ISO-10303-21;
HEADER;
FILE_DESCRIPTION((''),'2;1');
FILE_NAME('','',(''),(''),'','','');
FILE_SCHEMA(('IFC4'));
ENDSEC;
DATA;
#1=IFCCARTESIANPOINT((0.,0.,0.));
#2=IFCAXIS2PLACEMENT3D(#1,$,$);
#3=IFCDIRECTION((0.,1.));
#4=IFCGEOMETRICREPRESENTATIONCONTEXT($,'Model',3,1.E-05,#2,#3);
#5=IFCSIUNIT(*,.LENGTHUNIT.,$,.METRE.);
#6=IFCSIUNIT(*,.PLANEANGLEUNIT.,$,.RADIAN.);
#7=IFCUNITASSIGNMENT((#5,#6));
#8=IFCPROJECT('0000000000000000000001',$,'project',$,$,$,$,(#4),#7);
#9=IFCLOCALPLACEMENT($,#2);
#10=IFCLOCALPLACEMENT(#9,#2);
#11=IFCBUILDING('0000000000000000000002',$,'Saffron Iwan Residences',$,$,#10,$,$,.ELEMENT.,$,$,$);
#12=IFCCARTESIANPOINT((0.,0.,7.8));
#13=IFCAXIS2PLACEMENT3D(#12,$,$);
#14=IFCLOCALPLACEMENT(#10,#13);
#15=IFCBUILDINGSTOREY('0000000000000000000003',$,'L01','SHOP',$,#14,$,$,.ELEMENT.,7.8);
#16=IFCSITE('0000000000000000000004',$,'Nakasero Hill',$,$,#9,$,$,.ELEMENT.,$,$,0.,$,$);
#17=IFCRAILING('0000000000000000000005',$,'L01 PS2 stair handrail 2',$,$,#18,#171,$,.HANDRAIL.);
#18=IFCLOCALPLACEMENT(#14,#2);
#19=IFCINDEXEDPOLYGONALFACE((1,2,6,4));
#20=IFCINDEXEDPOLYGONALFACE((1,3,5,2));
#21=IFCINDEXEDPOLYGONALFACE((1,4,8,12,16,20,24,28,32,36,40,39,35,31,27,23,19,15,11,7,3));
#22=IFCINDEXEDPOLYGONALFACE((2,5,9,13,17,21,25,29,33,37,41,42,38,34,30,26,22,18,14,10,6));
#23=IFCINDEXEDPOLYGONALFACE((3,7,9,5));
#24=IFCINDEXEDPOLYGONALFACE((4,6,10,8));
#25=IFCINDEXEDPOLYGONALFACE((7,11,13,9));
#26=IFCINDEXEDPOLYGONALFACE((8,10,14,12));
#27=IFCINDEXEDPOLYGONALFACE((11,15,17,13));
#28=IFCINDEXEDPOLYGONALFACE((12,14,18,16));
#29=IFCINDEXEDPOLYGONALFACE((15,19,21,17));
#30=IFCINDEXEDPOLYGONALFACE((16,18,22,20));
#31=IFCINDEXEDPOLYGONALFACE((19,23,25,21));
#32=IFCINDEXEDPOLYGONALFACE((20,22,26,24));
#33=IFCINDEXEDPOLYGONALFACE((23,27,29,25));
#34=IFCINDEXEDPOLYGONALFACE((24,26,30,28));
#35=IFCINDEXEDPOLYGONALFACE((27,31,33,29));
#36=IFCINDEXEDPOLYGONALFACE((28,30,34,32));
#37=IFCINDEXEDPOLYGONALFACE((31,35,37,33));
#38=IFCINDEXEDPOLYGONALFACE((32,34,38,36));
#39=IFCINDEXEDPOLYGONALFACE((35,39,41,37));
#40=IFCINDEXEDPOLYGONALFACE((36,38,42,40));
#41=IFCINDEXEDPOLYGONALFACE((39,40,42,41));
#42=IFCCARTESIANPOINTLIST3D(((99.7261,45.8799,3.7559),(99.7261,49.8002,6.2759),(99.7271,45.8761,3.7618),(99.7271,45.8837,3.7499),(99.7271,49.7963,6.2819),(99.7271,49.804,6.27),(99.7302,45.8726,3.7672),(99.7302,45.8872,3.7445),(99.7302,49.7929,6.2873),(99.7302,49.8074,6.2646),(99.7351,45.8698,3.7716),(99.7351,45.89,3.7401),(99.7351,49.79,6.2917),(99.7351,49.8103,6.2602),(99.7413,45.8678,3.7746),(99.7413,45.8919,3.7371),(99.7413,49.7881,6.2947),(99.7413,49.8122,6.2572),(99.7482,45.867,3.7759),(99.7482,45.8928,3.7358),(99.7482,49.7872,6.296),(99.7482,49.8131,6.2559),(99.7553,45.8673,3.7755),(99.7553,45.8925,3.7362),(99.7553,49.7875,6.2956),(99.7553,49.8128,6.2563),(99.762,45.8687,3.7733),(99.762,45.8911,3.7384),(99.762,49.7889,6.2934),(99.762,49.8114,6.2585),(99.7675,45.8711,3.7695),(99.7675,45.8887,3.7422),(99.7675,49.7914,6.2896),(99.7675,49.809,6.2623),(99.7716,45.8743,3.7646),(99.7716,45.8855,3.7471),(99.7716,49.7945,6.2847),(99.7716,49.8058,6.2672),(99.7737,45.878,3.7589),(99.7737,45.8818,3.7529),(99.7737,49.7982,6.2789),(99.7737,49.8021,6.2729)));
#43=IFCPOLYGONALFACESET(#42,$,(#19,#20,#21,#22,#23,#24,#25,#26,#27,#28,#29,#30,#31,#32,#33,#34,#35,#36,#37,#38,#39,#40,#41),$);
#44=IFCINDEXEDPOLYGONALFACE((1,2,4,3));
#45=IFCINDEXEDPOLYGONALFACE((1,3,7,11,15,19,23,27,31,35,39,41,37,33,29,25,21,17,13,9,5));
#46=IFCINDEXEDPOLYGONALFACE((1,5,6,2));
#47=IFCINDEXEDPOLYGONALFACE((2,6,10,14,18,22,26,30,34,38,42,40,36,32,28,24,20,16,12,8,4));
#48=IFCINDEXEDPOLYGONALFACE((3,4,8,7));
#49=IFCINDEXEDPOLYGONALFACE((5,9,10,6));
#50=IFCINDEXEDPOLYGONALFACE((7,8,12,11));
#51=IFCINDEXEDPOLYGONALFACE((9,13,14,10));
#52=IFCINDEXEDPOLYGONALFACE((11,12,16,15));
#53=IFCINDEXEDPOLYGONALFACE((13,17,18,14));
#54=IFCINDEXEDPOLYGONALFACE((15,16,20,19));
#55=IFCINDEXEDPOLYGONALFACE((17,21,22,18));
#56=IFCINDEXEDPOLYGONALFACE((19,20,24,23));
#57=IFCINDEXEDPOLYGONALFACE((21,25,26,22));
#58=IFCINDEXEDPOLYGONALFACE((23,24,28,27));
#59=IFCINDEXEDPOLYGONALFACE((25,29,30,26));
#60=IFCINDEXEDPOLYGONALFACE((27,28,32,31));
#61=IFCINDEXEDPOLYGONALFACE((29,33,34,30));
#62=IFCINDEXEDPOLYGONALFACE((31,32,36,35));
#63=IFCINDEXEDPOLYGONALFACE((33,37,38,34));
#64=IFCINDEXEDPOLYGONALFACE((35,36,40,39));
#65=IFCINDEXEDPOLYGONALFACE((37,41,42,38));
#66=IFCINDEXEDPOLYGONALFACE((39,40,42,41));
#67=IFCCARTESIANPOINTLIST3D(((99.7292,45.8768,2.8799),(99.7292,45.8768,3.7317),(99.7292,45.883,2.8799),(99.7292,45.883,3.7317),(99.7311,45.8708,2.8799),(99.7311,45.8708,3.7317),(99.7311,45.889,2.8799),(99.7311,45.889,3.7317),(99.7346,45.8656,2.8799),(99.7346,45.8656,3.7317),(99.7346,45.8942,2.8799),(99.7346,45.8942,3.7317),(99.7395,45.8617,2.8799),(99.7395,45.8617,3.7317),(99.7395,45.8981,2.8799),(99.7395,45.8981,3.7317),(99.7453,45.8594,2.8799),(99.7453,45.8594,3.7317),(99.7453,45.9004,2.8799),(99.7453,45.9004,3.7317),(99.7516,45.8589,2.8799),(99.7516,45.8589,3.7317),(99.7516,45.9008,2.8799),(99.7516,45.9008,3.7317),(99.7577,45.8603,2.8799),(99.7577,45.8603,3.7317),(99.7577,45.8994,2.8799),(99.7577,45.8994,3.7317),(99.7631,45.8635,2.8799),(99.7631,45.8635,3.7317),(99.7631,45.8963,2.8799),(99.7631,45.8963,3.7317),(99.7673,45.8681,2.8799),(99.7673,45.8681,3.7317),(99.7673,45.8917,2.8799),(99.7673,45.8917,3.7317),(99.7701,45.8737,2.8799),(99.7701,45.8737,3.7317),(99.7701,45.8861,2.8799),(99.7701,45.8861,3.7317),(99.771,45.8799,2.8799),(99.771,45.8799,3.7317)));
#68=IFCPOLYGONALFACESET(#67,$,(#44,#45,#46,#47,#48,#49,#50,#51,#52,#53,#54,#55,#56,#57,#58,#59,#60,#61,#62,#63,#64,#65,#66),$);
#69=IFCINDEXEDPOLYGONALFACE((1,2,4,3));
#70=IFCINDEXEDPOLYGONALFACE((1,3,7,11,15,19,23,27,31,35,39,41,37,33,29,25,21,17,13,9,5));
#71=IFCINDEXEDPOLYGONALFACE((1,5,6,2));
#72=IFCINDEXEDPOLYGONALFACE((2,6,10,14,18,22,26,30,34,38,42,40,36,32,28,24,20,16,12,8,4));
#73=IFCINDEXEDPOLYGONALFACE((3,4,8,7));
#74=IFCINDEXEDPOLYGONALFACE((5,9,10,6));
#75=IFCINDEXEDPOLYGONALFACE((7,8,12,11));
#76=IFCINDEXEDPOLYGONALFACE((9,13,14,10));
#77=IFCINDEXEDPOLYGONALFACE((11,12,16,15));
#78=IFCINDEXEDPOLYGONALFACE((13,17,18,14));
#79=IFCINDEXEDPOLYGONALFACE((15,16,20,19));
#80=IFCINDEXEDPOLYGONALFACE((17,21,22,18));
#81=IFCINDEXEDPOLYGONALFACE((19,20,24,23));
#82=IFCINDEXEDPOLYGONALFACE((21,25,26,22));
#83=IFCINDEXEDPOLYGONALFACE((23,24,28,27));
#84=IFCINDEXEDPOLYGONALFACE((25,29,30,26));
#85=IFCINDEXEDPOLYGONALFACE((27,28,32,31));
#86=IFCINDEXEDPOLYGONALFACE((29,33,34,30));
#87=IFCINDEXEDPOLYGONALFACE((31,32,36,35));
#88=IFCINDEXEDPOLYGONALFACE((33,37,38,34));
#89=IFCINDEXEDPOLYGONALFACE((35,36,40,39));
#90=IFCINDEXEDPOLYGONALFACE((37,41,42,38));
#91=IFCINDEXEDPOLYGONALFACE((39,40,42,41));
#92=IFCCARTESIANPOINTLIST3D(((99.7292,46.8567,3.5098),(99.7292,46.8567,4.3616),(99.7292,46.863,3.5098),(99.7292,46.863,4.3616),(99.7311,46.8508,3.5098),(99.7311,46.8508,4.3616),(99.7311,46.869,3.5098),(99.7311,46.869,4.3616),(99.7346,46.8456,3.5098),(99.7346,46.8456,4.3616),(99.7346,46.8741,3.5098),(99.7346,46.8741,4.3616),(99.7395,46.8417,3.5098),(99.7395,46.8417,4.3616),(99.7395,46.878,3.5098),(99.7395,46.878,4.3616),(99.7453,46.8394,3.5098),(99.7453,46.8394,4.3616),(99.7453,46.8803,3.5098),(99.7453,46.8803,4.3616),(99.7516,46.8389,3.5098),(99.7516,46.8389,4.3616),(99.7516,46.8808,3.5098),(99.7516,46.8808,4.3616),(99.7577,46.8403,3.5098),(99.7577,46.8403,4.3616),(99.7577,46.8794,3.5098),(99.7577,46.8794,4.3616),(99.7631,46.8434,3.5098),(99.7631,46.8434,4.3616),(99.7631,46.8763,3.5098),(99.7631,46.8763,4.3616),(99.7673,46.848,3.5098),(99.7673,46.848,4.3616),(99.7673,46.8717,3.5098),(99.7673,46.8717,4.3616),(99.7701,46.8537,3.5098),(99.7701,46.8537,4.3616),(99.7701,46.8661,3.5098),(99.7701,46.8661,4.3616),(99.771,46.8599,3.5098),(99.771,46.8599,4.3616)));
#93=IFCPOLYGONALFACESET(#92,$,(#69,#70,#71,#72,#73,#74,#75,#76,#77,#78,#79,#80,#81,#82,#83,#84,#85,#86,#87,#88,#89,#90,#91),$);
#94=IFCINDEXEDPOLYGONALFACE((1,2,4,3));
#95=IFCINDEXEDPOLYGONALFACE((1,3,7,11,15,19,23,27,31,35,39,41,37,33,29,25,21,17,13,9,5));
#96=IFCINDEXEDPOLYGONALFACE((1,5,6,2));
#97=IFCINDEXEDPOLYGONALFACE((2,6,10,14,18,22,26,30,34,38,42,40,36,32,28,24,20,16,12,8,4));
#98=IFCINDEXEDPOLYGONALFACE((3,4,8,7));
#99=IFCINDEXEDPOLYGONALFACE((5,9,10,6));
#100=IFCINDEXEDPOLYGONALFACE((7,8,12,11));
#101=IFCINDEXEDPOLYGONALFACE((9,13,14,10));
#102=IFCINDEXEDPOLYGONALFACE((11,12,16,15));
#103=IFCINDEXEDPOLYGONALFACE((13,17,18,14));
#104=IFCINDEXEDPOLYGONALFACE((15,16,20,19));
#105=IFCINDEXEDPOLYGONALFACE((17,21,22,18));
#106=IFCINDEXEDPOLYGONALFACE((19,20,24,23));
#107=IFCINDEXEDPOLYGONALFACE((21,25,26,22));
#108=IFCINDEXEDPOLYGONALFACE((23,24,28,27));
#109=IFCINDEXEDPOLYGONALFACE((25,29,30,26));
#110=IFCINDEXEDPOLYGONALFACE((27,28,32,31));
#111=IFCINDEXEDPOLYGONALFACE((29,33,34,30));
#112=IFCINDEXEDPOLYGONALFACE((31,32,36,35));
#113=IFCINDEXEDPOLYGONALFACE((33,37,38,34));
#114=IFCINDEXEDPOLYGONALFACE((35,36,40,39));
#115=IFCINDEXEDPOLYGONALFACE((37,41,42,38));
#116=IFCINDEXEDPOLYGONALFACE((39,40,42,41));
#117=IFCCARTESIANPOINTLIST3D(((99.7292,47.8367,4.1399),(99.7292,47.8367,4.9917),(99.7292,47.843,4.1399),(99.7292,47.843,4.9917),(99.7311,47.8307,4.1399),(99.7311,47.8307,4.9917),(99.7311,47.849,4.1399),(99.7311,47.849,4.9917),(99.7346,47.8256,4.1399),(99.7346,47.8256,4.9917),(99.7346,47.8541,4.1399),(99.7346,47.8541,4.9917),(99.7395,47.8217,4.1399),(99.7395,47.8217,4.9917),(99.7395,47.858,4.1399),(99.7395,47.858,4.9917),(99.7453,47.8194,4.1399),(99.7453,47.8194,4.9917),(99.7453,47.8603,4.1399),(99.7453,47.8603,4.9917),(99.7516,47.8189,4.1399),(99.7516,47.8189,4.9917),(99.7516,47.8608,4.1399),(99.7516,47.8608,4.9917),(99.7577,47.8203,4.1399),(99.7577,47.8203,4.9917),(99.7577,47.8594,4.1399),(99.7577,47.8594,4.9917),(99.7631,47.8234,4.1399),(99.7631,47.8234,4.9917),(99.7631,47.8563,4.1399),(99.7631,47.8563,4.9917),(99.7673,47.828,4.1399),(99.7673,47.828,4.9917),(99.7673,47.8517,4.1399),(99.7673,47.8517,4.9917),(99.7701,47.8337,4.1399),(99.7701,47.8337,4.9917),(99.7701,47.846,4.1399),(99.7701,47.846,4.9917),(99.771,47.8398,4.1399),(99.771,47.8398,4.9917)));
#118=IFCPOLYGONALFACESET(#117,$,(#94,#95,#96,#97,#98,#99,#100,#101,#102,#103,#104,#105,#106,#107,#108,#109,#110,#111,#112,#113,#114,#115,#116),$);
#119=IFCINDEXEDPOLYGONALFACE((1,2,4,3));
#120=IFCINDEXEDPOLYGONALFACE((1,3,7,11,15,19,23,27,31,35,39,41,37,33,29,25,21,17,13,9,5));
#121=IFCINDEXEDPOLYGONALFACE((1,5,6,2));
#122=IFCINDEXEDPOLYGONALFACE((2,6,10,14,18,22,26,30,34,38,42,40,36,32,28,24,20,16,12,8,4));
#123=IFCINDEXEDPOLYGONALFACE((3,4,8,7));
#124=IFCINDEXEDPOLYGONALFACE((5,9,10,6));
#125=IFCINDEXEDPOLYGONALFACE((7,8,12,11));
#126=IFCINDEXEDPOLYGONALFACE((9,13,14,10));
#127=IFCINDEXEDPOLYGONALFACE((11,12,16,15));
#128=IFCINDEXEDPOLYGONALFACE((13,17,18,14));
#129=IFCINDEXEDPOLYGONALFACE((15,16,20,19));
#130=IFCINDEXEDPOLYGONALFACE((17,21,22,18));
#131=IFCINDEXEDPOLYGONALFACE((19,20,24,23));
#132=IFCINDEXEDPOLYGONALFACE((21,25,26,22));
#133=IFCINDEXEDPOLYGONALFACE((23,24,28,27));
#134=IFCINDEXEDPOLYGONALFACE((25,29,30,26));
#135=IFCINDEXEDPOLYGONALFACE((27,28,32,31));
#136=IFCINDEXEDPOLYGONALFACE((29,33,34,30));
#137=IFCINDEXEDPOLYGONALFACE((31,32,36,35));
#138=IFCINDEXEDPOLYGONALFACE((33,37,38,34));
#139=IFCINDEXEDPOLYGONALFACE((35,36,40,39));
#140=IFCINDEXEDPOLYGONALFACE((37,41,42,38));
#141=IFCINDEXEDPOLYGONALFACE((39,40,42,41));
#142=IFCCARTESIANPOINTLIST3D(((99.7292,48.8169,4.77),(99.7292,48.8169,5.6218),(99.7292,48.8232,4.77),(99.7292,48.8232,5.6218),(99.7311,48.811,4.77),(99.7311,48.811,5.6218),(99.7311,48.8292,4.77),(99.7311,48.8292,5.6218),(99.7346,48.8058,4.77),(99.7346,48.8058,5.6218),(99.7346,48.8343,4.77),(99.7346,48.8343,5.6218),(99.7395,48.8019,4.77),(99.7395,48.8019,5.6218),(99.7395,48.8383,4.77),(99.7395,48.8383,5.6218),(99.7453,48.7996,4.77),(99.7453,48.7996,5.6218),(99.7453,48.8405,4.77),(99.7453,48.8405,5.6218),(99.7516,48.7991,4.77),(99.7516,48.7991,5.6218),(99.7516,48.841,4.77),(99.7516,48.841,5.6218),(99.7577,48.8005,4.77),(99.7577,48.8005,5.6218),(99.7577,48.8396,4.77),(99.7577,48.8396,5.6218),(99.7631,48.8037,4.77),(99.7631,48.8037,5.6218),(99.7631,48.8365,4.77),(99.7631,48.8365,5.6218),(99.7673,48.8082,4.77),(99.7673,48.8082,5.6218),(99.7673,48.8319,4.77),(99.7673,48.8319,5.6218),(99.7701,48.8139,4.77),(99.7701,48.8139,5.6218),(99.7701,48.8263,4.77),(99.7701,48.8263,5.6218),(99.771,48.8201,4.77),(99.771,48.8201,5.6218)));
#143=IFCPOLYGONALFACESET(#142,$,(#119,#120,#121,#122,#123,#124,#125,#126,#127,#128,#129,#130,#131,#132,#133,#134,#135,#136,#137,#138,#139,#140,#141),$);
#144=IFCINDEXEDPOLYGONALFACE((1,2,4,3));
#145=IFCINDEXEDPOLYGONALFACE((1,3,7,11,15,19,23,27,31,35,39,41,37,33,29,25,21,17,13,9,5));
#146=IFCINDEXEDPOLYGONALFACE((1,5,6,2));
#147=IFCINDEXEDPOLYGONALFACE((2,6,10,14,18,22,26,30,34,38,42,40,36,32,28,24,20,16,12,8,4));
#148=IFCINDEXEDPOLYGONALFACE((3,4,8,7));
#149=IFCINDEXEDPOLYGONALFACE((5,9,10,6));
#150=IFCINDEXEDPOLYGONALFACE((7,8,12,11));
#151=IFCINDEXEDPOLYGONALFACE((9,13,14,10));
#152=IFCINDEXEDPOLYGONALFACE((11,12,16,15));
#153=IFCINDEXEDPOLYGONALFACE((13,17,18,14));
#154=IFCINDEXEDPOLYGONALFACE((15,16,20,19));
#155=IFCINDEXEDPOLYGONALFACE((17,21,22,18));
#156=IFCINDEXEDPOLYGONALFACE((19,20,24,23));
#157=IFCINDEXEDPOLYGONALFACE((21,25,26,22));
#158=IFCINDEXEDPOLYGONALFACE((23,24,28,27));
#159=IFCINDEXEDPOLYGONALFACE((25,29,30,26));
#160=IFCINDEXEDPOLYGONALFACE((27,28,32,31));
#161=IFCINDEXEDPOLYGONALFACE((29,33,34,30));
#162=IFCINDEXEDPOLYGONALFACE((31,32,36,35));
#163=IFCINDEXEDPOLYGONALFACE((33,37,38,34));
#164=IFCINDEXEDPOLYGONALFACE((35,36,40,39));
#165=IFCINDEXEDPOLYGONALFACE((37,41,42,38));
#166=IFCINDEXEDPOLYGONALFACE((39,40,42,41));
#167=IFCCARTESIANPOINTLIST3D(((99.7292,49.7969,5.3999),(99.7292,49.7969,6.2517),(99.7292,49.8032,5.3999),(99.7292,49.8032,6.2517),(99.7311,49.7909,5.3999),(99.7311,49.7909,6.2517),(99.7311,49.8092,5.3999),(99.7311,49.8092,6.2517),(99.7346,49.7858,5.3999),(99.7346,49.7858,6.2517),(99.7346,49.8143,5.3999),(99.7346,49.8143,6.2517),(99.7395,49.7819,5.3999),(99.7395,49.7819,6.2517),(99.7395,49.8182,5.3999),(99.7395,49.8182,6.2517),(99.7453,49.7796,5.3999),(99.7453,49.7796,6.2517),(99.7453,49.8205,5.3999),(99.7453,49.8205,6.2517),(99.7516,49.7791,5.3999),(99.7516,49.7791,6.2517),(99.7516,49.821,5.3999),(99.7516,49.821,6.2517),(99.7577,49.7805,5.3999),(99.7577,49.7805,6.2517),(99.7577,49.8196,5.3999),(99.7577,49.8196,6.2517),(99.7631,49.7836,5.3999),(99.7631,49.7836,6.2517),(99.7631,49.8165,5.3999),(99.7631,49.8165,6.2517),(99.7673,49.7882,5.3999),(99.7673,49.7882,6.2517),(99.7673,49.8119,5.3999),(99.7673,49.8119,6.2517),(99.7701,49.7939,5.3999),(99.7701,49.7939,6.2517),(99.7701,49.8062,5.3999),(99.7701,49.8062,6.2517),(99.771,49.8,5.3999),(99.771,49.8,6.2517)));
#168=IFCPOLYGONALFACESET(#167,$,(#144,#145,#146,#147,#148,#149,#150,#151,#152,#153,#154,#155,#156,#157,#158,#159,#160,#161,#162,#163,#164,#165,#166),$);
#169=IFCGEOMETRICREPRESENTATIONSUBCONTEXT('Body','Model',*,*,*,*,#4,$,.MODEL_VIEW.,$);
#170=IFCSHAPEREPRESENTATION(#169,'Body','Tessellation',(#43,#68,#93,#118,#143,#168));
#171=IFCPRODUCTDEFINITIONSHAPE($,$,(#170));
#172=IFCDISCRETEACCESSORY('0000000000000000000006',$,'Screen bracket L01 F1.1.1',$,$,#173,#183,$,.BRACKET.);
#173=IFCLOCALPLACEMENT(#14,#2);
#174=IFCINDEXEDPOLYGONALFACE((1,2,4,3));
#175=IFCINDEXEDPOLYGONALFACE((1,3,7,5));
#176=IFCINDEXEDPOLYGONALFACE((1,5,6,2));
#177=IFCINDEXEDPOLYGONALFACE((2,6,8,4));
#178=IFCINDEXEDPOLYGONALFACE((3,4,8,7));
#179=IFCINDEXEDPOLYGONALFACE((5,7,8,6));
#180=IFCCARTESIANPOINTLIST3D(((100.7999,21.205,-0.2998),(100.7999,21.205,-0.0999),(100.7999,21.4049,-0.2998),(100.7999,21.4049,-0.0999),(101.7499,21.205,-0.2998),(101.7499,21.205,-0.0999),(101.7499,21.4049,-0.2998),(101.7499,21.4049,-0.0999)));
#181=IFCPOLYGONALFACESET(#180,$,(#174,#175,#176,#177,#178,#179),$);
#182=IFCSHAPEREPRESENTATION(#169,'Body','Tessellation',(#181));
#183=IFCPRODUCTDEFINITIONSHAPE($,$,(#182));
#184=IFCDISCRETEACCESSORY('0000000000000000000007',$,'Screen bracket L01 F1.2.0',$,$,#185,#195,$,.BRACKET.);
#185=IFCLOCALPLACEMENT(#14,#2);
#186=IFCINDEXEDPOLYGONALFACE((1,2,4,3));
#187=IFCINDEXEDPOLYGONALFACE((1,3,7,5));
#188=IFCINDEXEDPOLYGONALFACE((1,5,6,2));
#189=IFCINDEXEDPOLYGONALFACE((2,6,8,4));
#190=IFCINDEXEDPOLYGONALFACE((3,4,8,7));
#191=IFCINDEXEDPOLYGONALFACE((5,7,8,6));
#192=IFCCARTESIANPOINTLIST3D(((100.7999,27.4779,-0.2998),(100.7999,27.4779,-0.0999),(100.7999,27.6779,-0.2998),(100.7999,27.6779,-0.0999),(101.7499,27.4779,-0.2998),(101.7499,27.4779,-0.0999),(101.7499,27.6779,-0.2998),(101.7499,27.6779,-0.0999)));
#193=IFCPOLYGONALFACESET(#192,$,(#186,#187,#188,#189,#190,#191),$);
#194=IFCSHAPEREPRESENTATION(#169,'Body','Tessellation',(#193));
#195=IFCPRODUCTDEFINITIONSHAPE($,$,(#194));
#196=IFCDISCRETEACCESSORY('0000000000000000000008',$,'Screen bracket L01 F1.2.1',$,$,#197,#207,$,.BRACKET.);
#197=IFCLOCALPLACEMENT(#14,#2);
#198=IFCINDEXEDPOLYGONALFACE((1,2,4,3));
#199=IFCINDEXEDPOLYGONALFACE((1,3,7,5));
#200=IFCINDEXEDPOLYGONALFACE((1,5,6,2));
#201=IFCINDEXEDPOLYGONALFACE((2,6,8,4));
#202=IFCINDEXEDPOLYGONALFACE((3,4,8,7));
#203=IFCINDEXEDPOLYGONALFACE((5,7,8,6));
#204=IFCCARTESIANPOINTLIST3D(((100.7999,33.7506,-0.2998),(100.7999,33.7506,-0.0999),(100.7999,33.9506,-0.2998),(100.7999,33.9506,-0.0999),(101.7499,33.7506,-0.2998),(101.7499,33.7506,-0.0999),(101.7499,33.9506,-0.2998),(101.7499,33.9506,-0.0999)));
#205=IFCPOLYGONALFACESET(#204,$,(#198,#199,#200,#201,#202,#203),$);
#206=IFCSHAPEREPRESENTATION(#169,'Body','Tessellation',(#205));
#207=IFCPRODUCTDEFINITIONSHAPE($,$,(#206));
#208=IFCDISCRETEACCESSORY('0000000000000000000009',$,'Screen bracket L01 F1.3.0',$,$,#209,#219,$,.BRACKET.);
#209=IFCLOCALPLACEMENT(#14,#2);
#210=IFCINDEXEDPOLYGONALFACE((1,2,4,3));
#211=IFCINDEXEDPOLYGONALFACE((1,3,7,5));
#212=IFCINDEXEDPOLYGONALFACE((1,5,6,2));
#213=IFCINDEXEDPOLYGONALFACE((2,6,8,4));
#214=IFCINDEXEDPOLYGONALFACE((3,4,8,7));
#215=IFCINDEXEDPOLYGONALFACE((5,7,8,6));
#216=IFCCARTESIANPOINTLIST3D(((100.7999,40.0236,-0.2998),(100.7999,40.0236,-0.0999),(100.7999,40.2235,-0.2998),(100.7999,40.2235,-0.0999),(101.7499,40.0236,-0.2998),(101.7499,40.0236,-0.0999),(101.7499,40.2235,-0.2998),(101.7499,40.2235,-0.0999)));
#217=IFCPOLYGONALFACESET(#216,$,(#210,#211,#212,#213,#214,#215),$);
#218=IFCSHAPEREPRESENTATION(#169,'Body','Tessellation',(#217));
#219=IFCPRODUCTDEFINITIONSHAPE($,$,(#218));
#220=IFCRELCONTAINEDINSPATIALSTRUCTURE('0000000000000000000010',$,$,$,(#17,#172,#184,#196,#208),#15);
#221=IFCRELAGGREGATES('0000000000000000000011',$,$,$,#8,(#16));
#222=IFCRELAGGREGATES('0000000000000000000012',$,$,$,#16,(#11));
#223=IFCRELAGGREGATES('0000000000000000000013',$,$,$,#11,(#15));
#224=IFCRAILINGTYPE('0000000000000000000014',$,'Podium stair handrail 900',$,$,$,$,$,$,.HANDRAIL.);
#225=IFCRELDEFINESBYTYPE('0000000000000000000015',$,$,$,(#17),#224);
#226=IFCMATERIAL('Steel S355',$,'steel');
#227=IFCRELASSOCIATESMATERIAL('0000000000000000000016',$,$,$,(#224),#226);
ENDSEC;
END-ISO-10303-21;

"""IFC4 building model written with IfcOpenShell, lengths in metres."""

from ifc_helpers import new_model, si_unit, direction, frame, origin, origin_2d, place, context, subcontext, project, spatial, rectangle, circle, extrude, source, transform, mapped, material, type_object, element, save


model = new_model("IFC4")

# Units and contexts
model_context = context("Model", 3, precision=1e-05, world=origin(), true_north=direction((0.0, 1.0)))
body_context = subcontext(model_context, "Body", "Model", "MODEL_VIEW")
ifc_project = project(units=[si_unit("LENGTHUNIT", "METRE"), si_unit("PLANEANGLEUNIT", "RADIAN")], contexts=[model_context])

# Site, building, storey
site_placement = place(None, origin())
site = spatial("IfcSite", under=ifc_project, at=site_placement, Name="Nakasero Hill", CompositionType="ELEMENT", RefElevation=0.0)
building_placement = place(site_placement, origin())
building = spatial("IfcBuilding", under=site, at=building_placement, Name="Saffron Iwan Residences", CompositionType="ELEMENT")
storey_placement = place(building_placement, frame((0.0, 0.0, 7.8)))
storey = spatial("IfcBuildingStorey", under=building, at=storey_placement, Name="L01", Description="SHOP", CompositionType="ELEMENT", Elevation=7.8)

# Railing
ifc_material_1 = material(Name="Steel S355", Category="steel")
railing_type_1 = type_object("IfcRailingType", Name="Podium stair handrail 900", PredefinedType="HANDRAIL", material=ifc_material_1)
railing_1_placement = place(storey_placement, frame((99.75, 45.8799, 2.8799)))
element("IfcRailing", 1, at=railing_1_placement, inside=storey, type_object=railing_type_1, Name="L01 PS2 stair handrail 2", PredefinedType="HANDRAIL", context=body_context, shape_type="SweptSolid", body=[
    extrude(circle(Radius=0.0239, at=origin_2d()), frame((0.0, 0.0, 0.876), z_axis=(0.0, 0.841187, 0.540744), x_axis=(-1.0, 0.0, 0.0)), (0.0, 0.0, 1.0), 4.6604),
    extrude(circle(Radius=0.021, at=origin_2d()), origin(), (0.0, 0.0, 1.0), 0.8518),
    extrude(circle(Radius=0.021, at=origin_2d()), frame((0.0, 0.98, 0.6299)), (0.0, 0.0, 1.0), 0.8518),
    extrude(circle(Radius=0.021, at=origin_2d()), frame((0.0, 1.96, 1.26)), (0.0, 0.0, 1.0), 0.8518),
    extrude(circle(Radius=0.021, at=origin_2d()), frame((0.0, 2.9402, 1.8901)), (0.0, 0.0, 1.0), 0.8518),
    extrude(circle(Radius=0.021, at=origin_2d()), frame((0.0, 3.9202, 2.52)), (0.0, 0.0, 1.0), 0.8518),
])

# Discrete accessories
shared_shape_1 = source(origin(), body_context, "Body", "SweptSolid", [
    extrude(rectangle(XDim=0.95, YDim=0.2, at=origin_2d()), origin(), (0.0, 0.0, 1.0), 0.2),
])
for number, where, z_axis, x_axis, name in (
    (2, (101.2749, 21.3049, -0.2998), (0.0, 0.0, 1.0), (1.0, 0.0, 0.0), "Screen bracket L01 F1.1.1"),
    (3, (101.2749, 27.5779, -0.2998), (0.0, 0.0, 1.0), (1.0, 0.0, 0.0), "Screen bracket L01 F1.2.0"),
    (4, (101.2749, 33.8506, -0.2998), (0.0, 0.0, 1.0), (1.0, 0.0, 0.0), "Screen bracket L01 F1.2.1"),
    (5, (101.2749, 40.1235, -0.2998), (0.0, 0.0, 1.0), (1.0, 0.0, 0.0), "Screen bracket L01 F1.3.0"),
):
    element("IfcDiscreteAccessory", number, at=place(storey_placement, frame(where, z_axis=z_axis, x_axis=x_axis)), inside=storey, Name=name, PredefinedType="BRACKET", context=body_context, shape_type="MappedRepresentation", body=[
        mapped(shared_shape_1, transform((0.0, 0.0, 0.0))),
    ])

save(model, "model.ifc")
